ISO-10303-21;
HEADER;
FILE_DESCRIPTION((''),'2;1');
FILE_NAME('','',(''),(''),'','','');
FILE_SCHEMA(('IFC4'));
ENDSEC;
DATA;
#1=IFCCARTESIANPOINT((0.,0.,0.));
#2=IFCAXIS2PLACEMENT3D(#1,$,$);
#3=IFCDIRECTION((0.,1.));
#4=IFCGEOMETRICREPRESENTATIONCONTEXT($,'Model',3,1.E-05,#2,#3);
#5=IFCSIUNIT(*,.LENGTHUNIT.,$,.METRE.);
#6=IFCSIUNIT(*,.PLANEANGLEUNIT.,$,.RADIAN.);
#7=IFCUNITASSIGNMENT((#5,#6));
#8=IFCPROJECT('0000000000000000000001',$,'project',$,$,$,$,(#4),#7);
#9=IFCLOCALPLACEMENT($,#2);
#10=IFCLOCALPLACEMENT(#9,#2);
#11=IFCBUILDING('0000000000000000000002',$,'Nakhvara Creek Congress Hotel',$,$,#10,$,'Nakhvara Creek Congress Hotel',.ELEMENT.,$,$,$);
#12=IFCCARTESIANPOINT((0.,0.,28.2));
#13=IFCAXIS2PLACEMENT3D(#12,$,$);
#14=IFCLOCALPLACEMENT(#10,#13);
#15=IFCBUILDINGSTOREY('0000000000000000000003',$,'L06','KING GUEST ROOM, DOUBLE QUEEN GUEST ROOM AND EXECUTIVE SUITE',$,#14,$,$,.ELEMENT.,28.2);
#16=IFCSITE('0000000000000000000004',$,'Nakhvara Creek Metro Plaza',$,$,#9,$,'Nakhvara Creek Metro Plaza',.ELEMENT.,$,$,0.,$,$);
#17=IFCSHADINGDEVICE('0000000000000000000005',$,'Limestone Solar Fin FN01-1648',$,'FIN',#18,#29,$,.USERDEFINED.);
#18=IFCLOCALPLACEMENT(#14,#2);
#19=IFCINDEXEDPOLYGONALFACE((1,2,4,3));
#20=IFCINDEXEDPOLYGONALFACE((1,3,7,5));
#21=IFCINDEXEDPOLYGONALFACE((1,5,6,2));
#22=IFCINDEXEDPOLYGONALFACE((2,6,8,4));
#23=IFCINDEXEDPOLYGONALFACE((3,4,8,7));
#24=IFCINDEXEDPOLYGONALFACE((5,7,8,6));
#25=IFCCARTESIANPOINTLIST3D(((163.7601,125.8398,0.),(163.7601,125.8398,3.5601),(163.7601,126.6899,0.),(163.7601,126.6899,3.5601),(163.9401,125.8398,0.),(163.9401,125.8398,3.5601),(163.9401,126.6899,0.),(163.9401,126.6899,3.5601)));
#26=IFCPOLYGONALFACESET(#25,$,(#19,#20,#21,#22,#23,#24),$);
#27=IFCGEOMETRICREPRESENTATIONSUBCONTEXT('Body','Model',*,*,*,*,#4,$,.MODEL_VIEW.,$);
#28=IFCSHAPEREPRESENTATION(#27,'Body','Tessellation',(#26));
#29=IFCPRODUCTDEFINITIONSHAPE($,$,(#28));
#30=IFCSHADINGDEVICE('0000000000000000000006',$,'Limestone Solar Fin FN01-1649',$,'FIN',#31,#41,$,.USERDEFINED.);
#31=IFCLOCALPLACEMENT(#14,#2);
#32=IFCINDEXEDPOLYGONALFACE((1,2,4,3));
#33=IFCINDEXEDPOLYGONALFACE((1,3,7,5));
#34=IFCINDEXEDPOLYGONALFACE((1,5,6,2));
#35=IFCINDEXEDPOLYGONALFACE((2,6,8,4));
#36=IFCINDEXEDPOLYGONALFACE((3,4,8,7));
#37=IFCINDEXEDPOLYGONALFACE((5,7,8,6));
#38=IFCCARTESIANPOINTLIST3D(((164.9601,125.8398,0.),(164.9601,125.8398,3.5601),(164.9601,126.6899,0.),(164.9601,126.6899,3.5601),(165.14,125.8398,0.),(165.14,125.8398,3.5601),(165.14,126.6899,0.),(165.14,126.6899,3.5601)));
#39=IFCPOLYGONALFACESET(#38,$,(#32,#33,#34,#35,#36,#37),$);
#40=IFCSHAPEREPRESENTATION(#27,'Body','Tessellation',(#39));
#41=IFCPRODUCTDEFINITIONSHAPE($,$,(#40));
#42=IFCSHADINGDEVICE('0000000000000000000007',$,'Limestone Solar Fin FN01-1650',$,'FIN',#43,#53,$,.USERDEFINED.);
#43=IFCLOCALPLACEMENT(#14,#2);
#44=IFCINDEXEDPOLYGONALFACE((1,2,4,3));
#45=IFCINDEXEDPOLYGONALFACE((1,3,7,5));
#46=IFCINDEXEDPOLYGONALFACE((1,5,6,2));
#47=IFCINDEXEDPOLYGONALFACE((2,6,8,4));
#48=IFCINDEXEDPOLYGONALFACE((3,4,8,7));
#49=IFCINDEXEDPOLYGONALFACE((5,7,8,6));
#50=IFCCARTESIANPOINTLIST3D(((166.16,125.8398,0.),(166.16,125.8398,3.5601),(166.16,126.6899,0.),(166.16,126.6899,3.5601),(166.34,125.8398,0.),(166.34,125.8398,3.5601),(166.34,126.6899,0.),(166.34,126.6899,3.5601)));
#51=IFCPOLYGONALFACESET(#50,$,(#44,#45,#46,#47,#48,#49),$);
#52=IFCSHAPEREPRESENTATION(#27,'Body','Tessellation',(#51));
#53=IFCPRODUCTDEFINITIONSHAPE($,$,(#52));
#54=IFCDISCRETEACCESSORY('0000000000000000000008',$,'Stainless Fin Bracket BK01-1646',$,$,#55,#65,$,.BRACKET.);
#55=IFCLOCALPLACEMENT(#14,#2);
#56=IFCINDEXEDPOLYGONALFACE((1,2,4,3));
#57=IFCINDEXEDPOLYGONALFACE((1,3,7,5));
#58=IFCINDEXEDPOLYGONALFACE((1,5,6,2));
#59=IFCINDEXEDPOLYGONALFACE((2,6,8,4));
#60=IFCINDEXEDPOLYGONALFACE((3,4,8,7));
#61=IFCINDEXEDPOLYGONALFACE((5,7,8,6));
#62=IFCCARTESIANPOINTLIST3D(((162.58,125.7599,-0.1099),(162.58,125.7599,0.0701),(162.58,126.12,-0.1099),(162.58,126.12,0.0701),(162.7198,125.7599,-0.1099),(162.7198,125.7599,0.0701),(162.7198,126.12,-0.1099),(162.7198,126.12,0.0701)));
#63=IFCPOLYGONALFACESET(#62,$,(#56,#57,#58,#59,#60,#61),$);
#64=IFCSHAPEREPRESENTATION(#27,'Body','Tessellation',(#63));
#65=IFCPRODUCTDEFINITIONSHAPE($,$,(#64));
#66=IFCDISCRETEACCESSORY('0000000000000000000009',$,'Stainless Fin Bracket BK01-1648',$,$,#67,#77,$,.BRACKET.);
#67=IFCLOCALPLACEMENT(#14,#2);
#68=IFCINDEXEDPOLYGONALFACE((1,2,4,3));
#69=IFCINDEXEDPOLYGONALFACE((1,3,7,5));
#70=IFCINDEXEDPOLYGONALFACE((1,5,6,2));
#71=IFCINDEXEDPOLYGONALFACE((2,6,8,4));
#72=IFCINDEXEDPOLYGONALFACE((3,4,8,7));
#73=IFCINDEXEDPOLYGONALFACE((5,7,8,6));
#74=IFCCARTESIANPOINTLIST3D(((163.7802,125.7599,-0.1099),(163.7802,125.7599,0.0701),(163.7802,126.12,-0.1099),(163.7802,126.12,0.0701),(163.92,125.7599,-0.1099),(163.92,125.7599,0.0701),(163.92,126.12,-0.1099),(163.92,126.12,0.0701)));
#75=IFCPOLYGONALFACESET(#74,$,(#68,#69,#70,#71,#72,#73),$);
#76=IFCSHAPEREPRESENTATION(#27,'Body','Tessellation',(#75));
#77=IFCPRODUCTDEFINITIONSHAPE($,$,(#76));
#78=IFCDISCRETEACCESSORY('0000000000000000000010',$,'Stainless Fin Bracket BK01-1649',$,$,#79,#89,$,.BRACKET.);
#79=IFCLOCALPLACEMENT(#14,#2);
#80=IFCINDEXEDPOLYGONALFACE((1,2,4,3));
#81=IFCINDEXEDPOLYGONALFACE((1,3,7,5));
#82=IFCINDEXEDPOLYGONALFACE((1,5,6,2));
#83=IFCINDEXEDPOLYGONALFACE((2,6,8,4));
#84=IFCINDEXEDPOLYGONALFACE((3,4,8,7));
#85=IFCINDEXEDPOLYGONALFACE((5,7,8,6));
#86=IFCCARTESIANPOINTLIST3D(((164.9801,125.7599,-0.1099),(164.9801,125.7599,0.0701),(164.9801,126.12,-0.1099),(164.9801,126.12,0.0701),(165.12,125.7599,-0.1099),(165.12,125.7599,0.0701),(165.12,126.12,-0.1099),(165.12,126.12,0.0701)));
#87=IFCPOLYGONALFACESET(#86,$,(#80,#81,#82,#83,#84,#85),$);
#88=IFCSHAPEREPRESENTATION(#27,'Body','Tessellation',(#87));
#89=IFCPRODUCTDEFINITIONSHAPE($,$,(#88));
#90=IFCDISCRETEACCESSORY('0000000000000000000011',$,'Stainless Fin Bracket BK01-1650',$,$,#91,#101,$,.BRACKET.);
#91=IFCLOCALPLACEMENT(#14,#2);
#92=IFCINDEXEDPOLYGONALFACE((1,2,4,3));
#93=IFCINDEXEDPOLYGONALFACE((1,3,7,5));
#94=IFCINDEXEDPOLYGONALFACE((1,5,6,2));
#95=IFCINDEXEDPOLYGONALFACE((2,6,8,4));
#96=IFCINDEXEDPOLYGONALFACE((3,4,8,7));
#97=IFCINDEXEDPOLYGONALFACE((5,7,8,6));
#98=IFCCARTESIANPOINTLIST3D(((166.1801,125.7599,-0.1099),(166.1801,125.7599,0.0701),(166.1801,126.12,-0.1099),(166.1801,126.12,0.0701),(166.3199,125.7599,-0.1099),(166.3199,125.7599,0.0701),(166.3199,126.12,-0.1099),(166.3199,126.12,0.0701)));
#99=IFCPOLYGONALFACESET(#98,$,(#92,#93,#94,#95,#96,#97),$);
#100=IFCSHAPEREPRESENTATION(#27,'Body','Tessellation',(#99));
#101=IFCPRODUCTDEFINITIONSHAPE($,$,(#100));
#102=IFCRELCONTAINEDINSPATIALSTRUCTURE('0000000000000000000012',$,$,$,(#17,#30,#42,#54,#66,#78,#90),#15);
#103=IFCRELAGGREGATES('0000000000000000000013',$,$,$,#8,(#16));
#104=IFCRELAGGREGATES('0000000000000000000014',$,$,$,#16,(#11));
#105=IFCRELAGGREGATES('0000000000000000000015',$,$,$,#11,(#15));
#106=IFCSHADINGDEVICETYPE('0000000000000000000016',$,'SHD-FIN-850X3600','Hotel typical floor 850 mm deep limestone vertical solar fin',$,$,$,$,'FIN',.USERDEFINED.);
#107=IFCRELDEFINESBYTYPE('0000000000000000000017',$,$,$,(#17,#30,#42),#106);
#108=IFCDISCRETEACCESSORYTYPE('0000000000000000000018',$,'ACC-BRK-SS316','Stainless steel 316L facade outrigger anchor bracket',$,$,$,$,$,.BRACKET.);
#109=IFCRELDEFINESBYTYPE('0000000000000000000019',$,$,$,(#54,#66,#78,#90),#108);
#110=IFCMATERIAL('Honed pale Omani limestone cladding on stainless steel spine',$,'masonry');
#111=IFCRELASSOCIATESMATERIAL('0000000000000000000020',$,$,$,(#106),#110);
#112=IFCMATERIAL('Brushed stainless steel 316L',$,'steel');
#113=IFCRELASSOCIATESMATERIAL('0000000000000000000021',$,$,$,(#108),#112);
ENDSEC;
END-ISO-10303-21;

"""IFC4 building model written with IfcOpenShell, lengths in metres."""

from ifc_helpers import new_model, si_unit, direction, frame, origin, origin_2d, place, context, subcontext, project, spatial, rectangle, extrude, material, type_object, element, save


model = new_model("IFC4")

# Units and contexts
model_context = context("Model", 3, precision=1e-05, world=origin(), true_north=direction((0.0, 1.0)))
body_context = subcontext(model_context, "Body", "Model", "MODEL_VIEW")
ifc_project = project(units=[si_unit("LENGTHUNIT", "METRE"), si_unit("PLANEANGLEUNIT", "RADIAN")], contexts=[model_context])

# Site, building, storey
site_placement = place(None, origin())
site = spatial("IfcSite", under=ifc_project, at=site_placement, Name="Nakhvara Creek Metro Plaza", LongName="Nakhvara Creek Metro Plaza", CompositionType="ELEMENT", RefElevation=0.0)
building_placement = place(site_placement, origin())
building = spatial("IfcBuilding", under=site, at=building_placement, Name="Nakhvara Creek Congress Hotel", LongName="Nakhvara Creek Congress Hotel", CompositionType="ELEMENT")
storey_placement = place(building_placement, frame((0.0, 0.0, 28.2)))
storey = spatial("IfcBuildingStorey", under=building, at=storey_placement, Name="L06", Description="KING GUEST ROOM, DOUBLE QUEEN GUEST ROOM AND EXECUTIVE SUITE", CompositionType="ELEMENT", Elevation=28.2)

# Shading devices
ifc_material_1 = material(Name="Honed pale Omani limestone cladding on stainless steel spine", Category="masonry")
shading_device_type = type_object("IfcShadingDeviceType", Name="SHD-FIN-850X3600", Description="Hotel typical floor 850 mm deep limestone vertical solar fin", ElementType="FIN", PredefinedType="USERDEFINED", material=ifc_material_1)
for number, where, z_axis, x_axis, name in (
    (1, (163.8501, 126.2649, 0.0), (0.0, 0.0, 1.0), (1.0, 0.0, 0.0), "Limestone Solar Fin FN01-1648"),
    (2, (165.05, 126.2649, 0.0), (0.0, 0.0, 1.0), (1.0, 0.0, 0.0), "Limestone Solar Fin FN01-1649"),
    (3, (166.25, 126.2649, 0.0), (0.0, 0.0, 1.0), (1.0, 0.0, 0.0), "Limestone Solar Fin FN01-1650"),
):
    element("IfcShadingDevice", number, at=place(storey_placement, frame(where, z_axis=z_axis, x_axis=x_axis)), inside=storey, type_object=shading_device_type, Name=name, ObjectType="FIN", PredefinedType="USERDEFINED", context=body_context, shape_type="SweptSolid", body=[
        extrude(rectangle(XDim=0.1799, YDim=0.8501, at=origin_2d()), origin(), (0.0, 0.0, 1.0), 3.5601),
    ])

# Discrete accessories
ifc_material_2 = material(Name="Brushed stainless steel 316L", Category="steel")
discrete_accessory_type = type_object("IfcDiscreteAccessoryType", Name="ACC-BRK-SS316", Description="Stainless steel 316L facade outrigger anchor bracket", PredefinedType="BRACKET", material=ifc_material_2)
for number, where, z_axis, x_axis, name in (
    (4, (162.6499, 125.9399, -0.1099), (0.0, 0.0, 1.0), (1.0, 0.0, 0.0), "Stainless Fin Bracket BK01-1646"),
    (5, (163.8501, 125.9399, -0.1099), (0.0, 0.0, 1.0), (1.0, 0.0, 0.0), "Stainless Fin Bracket BK01-1648"),
    (6, (165.05, 125.9399, -0.1099), (0.0, 0.0, 1.0), (1.0, 0.0, 0.0), "Stainless Fin Bracket BK01-1649"),
    (7, (166.25, 125.9399, -0.1099), (0.0, 0.0, 1.0), (1.0, 0.0, 0.0), "Stainless Fin Bracket BK01-1650"),
):
    element("IfcDiscreteAccessory", number, at=place(storey_placement, frame(where, z_axis=z_axis, x_axis=x_axis)), inside=storey, type_object=discrete_accessory_type, Name=name, PredefinedType="BRACKET", context=body_context, shape_type="SweptSolid", body=[
        extrude(rectangle(XDim=0.1399, YDim=0.3601, at=origin_2d()), origin(), (0.0, 0.0, 1.0), 0.1799),
    ])

save(model, "model.ifc")
